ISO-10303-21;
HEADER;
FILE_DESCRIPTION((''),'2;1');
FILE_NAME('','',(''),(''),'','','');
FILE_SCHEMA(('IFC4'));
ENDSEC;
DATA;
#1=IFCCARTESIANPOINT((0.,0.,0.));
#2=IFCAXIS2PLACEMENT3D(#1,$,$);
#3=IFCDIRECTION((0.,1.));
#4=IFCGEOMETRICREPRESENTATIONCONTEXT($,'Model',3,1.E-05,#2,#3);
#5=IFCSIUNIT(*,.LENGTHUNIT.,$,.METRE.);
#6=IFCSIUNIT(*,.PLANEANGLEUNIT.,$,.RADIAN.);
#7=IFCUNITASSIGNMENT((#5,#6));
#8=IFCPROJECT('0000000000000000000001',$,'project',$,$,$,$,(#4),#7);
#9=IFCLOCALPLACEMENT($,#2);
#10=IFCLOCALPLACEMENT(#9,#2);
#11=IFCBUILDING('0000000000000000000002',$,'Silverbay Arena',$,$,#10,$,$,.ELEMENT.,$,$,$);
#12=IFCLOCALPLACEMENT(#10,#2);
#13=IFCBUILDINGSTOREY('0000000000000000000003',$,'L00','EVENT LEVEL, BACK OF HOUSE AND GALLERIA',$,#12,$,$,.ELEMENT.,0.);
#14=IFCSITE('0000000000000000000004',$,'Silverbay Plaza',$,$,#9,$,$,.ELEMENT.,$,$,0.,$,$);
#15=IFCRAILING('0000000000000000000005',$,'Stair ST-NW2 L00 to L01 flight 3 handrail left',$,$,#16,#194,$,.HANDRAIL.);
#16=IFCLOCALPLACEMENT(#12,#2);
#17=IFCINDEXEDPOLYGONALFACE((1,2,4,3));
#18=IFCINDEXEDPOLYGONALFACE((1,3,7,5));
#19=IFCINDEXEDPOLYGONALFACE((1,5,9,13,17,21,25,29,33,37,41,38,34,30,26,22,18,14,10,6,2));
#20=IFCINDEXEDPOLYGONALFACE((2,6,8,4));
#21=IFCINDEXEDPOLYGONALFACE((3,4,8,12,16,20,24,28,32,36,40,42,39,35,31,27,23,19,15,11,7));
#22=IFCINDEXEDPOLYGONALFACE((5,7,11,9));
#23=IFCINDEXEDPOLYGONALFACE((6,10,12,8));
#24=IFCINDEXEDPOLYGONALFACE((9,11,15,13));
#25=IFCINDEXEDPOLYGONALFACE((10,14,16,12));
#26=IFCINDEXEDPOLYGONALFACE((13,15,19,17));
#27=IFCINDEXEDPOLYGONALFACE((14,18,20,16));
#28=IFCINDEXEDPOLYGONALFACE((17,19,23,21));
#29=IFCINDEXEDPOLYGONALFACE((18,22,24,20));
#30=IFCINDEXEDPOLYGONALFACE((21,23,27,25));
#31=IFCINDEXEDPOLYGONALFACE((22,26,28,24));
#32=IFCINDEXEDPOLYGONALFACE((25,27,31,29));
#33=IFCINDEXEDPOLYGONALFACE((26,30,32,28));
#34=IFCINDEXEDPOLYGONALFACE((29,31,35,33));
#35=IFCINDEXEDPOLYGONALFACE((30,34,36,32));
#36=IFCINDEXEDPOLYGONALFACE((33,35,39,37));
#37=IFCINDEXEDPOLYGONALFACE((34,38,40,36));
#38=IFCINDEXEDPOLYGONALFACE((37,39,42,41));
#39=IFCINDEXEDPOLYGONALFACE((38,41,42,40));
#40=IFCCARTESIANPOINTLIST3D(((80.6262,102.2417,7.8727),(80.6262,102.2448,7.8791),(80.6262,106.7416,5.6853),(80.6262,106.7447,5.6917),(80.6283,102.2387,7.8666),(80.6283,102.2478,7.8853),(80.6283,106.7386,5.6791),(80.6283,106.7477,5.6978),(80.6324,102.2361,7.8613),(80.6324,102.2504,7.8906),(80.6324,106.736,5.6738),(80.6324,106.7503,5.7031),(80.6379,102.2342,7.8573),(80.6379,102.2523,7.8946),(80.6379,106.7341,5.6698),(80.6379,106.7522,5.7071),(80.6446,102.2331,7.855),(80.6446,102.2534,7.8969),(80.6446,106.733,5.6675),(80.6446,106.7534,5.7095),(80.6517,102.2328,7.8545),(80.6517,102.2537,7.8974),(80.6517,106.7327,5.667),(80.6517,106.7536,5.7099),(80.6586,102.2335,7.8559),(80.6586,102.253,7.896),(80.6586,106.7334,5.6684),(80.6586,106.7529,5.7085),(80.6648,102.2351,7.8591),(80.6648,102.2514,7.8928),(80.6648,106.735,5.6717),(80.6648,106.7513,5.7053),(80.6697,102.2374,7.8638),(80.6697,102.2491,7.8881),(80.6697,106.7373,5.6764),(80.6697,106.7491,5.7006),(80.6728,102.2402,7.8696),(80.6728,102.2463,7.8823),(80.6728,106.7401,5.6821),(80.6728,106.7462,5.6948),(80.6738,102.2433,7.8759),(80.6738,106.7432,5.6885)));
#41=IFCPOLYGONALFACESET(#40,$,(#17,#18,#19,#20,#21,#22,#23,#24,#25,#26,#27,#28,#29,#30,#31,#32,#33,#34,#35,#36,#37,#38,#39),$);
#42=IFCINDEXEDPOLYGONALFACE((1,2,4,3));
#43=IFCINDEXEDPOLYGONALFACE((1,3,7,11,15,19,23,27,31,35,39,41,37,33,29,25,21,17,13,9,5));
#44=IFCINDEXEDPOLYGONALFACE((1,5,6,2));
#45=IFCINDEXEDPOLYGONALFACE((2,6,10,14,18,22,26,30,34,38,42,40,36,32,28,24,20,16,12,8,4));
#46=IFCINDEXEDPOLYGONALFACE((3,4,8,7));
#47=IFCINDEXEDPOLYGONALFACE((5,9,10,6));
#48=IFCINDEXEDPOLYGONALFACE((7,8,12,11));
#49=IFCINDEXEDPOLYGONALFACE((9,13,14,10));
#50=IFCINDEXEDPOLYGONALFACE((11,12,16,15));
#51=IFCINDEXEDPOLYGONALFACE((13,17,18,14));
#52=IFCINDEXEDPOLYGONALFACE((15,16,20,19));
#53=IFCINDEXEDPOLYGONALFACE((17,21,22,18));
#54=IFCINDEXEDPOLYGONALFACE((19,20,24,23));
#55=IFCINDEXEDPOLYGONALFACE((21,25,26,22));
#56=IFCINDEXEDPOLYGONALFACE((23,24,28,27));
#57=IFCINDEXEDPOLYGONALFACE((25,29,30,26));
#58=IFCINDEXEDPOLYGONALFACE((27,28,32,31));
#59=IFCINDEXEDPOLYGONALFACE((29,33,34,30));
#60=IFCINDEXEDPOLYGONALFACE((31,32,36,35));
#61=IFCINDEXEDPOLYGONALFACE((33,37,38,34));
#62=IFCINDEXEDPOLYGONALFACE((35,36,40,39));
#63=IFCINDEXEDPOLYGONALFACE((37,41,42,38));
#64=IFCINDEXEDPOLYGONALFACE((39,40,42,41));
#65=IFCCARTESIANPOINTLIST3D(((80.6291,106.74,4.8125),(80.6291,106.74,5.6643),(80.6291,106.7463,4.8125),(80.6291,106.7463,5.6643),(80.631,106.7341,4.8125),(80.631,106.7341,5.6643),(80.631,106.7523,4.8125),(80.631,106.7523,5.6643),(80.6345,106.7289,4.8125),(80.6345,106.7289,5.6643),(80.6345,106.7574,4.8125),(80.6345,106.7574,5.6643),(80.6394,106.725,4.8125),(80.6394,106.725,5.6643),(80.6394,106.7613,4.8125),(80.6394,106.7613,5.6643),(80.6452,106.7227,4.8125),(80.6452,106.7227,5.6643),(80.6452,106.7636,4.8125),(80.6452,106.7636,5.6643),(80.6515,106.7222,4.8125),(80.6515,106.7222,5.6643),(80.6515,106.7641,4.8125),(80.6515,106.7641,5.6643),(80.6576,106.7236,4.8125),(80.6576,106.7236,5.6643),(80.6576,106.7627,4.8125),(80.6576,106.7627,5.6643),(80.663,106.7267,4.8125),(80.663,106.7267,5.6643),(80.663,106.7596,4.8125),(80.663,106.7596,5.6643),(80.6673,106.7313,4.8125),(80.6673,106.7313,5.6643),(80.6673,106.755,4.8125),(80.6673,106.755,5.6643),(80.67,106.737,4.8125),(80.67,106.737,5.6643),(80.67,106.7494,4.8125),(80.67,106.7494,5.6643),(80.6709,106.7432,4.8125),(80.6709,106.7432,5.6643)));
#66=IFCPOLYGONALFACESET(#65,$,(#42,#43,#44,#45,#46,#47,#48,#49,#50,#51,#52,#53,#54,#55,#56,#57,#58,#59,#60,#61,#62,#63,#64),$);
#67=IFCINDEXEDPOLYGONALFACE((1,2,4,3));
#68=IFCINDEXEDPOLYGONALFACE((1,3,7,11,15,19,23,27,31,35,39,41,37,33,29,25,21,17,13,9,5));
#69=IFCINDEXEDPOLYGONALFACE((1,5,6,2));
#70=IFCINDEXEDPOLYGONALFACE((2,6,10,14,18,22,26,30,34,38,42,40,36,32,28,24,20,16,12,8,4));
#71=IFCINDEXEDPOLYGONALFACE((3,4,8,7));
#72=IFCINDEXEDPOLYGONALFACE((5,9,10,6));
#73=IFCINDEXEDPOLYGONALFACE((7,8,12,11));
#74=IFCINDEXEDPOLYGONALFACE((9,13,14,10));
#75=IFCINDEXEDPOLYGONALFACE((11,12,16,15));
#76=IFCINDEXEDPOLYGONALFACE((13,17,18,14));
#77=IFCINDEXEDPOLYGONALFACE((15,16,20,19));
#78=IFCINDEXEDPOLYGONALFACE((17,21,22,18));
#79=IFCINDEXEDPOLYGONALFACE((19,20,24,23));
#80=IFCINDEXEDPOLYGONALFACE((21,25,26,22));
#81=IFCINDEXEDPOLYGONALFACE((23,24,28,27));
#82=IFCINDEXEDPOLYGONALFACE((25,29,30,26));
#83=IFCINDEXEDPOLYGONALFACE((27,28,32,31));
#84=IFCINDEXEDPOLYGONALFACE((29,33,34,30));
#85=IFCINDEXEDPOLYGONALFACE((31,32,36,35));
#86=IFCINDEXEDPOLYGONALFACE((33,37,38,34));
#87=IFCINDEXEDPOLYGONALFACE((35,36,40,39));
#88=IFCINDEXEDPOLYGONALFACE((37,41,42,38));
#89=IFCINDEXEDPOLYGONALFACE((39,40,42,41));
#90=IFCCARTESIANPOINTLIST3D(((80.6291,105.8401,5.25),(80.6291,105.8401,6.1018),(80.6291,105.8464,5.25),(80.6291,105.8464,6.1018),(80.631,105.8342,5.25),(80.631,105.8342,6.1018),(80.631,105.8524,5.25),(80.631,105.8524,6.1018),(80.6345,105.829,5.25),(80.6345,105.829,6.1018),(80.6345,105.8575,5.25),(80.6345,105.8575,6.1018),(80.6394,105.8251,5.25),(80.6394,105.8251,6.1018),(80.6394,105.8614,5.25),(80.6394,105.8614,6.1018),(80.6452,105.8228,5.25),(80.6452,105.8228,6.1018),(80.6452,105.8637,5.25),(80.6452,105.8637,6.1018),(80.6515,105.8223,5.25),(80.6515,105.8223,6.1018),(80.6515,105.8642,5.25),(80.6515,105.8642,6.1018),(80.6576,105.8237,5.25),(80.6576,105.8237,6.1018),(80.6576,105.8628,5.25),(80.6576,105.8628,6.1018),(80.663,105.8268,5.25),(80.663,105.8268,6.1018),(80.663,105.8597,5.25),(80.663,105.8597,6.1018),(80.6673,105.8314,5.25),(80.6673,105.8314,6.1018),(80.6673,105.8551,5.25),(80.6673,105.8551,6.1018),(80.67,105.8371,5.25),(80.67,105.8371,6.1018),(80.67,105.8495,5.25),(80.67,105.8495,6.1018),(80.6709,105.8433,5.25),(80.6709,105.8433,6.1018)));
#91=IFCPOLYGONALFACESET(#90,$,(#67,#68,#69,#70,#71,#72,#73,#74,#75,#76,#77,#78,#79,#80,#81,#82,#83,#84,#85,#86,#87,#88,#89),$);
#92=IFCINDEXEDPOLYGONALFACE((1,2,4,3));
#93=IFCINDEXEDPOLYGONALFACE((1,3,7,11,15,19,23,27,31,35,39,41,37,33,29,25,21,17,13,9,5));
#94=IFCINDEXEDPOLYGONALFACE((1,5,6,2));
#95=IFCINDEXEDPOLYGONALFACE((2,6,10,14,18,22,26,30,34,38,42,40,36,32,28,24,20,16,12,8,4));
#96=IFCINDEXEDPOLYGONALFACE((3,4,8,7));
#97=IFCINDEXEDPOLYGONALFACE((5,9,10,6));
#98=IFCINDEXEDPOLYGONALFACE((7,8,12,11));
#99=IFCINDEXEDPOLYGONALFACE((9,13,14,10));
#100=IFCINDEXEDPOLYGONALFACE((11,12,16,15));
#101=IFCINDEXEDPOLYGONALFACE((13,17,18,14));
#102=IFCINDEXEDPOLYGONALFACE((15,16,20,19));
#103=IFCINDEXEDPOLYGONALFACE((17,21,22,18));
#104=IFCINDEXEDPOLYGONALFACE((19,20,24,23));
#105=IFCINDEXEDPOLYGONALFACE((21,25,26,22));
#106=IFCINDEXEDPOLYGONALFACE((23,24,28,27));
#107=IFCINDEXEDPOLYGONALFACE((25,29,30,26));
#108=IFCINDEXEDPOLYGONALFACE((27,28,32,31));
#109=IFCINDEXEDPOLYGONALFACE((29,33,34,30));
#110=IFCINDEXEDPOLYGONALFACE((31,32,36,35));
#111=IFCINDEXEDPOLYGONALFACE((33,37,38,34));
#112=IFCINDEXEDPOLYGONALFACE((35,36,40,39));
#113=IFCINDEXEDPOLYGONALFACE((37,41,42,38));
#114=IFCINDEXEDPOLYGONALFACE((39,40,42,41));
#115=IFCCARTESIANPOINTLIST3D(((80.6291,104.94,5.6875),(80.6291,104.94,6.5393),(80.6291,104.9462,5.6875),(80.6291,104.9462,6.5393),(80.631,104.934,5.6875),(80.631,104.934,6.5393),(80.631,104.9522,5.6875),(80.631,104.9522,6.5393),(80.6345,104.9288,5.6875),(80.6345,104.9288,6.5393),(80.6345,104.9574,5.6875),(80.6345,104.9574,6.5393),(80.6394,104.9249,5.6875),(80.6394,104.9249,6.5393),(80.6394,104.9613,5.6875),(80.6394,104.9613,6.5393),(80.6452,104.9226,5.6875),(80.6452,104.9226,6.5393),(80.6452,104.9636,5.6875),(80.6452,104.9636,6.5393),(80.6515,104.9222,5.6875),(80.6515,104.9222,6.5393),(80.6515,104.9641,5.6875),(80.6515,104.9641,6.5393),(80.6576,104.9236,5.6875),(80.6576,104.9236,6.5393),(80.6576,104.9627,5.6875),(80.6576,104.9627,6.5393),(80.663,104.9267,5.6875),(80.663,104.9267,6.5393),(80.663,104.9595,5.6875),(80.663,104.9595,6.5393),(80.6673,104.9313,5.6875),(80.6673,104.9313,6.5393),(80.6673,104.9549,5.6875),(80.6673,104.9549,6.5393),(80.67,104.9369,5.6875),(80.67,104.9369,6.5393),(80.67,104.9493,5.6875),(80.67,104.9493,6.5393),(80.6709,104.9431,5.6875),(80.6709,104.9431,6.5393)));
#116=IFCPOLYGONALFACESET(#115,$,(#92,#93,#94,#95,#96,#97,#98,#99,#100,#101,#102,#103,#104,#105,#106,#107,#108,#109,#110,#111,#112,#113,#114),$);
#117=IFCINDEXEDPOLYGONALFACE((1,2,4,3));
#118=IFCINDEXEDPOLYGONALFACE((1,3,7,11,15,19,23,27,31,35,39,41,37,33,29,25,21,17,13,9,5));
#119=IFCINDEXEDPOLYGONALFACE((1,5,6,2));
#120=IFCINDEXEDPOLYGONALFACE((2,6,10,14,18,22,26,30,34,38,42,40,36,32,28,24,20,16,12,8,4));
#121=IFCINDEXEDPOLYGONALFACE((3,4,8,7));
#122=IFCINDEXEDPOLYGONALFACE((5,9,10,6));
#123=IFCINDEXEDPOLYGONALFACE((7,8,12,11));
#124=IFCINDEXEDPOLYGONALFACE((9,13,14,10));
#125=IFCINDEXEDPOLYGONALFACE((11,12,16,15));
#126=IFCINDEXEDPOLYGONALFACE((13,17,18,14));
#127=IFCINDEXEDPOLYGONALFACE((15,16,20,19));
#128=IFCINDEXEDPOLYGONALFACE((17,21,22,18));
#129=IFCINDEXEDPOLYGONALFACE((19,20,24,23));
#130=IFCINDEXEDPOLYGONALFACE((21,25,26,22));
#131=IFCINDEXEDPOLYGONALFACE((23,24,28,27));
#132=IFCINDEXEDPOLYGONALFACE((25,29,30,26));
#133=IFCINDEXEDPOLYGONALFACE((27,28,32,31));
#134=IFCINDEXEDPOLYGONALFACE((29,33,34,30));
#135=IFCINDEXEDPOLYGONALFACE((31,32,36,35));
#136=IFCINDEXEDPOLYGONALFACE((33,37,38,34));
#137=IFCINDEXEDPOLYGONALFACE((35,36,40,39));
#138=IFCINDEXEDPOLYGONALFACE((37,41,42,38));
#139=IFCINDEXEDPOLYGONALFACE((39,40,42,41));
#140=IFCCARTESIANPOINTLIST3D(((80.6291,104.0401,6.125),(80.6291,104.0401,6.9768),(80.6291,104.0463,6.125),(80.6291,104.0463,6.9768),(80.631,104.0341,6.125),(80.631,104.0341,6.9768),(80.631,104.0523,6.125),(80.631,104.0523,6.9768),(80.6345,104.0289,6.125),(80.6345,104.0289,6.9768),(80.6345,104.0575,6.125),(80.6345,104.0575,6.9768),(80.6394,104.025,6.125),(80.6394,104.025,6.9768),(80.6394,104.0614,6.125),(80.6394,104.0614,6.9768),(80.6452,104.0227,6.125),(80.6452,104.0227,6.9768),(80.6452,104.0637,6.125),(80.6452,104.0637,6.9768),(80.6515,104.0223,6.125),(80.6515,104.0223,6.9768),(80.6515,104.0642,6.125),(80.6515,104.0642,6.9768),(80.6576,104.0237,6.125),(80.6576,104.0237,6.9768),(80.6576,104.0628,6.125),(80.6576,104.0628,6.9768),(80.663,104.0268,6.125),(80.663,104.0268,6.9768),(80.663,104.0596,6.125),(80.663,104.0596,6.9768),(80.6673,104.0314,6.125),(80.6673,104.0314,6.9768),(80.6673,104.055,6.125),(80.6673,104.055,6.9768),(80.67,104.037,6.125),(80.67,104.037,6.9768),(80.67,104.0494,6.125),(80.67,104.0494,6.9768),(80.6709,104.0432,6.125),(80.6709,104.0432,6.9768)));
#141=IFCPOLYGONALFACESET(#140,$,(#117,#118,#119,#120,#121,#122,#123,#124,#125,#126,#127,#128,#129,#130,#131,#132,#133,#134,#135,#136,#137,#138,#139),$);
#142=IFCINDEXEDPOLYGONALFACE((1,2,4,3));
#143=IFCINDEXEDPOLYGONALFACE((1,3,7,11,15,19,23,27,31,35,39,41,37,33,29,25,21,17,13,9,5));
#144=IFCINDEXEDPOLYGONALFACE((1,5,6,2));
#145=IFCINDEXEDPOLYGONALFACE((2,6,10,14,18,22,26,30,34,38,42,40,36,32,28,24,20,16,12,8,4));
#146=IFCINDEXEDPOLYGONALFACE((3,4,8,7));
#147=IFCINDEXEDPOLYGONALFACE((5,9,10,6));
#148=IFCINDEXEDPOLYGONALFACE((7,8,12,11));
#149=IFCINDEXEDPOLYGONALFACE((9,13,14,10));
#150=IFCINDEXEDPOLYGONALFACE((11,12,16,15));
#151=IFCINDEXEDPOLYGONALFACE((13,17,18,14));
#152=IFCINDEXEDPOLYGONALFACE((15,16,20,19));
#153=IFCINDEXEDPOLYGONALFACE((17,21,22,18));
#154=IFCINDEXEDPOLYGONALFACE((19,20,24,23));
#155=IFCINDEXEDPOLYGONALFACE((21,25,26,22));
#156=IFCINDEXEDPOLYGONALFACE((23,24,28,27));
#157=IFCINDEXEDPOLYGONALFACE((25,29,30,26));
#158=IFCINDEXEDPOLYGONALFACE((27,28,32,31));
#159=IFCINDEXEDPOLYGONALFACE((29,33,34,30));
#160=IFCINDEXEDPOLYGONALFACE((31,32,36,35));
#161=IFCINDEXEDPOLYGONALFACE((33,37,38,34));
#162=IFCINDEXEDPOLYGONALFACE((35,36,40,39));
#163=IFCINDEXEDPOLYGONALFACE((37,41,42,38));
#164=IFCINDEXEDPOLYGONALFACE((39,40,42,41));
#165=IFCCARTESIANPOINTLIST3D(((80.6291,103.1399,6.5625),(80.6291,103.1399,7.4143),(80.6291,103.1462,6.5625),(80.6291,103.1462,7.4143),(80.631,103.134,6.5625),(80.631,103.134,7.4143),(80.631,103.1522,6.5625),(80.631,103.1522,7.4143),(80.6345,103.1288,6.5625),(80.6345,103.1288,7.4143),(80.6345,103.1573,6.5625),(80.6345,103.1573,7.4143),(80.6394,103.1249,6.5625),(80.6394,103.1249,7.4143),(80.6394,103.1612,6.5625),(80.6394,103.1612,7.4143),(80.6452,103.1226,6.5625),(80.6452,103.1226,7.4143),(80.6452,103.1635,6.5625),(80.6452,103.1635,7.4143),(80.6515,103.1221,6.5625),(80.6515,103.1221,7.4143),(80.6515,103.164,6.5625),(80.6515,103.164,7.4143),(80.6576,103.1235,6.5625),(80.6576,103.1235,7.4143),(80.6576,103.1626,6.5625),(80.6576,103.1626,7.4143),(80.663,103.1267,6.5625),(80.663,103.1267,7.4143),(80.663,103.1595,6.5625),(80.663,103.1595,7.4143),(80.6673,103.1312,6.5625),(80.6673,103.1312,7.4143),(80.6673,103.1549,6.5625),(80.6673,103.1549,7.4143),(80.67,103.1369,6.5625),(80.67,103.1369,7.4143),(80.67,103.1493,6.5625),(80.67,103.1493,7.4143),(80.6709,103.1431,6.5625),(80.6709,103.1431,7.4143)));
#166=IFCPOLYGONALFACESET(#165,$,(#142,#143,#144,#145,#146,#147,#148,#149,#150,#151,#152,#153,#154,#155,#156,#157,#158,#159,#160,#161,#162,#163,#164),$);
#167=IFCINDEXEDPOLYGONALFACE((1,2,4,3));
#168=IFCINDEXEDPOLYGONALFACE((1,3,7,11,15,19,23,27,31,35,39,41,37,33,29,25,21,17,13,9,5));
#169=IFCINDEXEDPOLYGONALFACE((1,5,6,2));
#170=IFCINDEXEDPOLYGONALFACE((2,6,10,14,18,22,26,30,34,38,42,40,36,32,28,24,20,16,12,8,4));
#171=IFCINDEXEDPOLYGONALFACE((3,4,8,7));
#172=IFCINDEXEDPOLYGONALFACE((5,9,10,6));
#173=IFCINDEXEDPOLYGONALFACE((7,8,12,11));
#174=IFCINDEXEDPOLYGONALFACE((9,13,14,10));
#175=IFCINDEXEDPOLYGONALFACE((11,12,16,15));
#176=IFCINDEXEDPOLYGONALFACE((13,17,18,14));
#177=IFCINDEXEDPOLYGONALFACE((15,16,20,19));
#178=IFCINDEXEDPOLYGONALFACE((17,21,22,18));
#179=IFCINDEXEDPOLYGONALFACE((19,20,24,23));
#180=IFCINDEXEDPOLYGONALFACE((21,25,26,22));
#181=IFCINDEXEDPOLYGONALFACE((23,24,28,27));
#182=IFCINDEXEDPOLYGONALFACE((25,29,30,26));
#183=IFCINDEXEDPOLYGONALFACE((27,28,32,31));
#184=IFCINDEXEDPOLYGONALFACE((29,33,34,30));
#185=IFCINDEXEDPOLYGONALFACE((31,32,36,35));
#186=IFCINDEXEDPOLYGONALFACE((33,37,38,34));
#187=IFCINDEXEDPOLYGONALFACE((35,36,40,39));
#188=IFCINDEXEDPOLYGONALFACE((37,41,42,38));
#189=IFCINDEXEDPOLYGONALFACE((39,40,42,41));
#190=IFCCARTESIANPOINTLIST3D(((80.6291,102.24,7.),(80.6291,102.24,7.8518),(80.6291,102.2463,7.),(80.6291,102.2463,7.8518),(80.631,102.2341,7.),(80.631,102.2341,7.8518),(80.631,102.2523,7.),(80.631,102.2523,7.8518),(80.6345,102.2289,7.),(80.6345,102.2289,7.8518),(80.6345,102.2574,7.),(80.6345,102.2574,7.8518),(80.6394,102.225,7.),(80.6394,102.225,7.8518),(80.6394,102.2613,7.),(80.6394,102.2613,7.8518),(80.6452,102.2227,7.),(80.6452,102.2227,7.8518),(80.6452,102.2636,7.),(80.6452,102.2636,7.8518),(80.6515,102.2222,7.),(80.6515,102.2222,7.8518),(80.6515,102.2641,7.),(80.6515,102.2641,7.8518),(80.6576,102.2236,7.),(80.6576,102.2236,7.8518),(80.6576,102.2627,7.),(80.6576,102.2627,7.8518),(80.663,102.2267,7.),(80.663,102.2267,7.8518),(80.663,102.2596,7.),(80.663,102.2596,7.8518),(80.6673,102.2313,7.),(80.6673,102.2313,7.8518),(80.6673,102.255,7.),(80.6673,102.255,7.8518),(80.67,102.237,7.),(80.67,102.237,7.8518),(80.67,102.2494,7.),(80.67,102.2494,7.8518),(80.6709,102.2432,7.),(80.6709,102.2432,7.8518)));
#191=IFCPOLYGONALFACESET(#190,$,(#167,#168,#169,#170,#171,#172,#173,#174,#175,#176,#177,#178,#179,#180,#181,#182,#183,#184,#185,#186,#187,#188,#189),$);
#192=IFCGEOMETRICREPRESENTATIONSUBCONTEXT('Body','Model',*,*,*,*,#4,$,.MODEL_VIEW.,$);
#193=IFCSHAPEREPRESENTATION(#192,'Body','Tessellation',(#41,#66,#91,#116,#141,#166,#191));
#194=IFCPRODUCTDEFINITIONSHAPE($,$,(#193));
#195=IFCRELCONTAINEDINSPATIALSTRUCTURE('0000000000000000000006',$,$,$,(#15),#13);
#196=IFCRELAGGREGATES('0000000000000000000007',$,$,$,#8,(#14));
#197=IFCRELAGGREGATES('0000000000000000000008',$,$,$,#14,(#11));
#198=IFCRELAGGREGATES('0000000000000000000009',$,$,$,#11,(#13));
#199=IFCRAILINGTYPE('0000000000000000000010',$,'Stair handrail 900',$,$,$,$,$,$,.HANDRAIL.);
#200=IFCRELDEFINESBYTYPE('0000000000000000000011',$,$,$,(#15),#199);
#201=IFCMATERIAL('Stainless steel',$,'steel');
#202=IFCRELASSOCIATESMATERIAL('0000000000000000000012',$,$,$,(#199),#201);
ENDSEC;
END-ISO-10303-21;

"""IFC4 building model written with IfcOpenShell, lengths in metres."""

from ifc_helpers import new_model, si_unit, direction, frame, origin, origin_2d, place, context, subcontext, project, spatial, circle, extrude, material, type_object, element, save


model = new_model("IFC4")

# Units and contexts
model_context = context("Model", 3, precision=1e-05, world=origin(), true_north=direction((0.0, 1.0)))
body_context = subcontext(model_context, "Body", "Model", "MODEL_VIEW")
ifc_project = project(units=[si_unit("LENGTHUNIT", "METRE"), si_unit("PLANEANGLEUNIT", "RADIAN")], contexts=[model_context])

# Site, building, storey
site_placement = place(None, origin())
site = spatial("IfcSite", under=ifc_project, at=site_placement, Name="Silverbay Plaza", CompositionType="ELEMENT", RefElevation=0.0)
building_placement = place(site_placement, origin())
building = spatial("IfcBuilding", under=site, at=building_placement, Name="Silverbay Arena", CompositionType="ELEMENT")
storey_placement = place(building_placement, origin())
storey = spatial("IfcBuildingStorey", under=building, at=storey_placement, Name="L00", Description="EVENT LEVEL, BACK OF HOUSE AND GALLERIA", CompositionType="ELEMENT", Elevation=0.0)

# Railing
ifc_material_1 = material(Name="Stainless steel", Category="steel")
railing_type_1 = type_object("IfcRailingType", Name="Stair handrail 900", PredefinedType="HANDRAIL", material=ifc_material_1)
for number, where, name in (
    (1, (80.6499, 106.7432, 4.8125), "Stair ST-NW2 L00 to L01 flight 3 handrail left"),
):
    element("IfcRailing", number, at=place(storey_placement, frame(where)), inside=storey, type_object=railing_type_1, Name=name, PredefinedType="HANDRAIL", context=body_context, shape_type="SweptSolid", body=[
        extrude(circle(Radius=0.0239, at=origin_2d()), frame((0.0, 0.0, 0.876), z_axis=(0.0, -0.899368, 0.437193), x_axis=(1.0, 0.0, 0.0)), (0.0, 0.0, 1.0), 5.0034),
        extrude(circle(Radius=0.021, at=origin_2d()), origin(), (0.0, 0.0, 1.0), 0.8518),
        extrude(circle(Radius=0.021, at=origin_2d()), frame((0.0, -0.8999, 0.4375)), (0.0, 0.0, 1.0), 0.8518),
        extrude(circle(Radius=0.021, at=origin_2d()), frame((0.0, -1.8, 0.875)), (0.0, 0.0, 1.0), 0.8518),
        extrude(circle(Radius=0.021, at=origin_2d()), frame((0.0, -2.7, 1.3125)), (0.0, 0.0, 1.0), 0.8518),
        extrude(circle(Radius=0.021, at=origin_2d()), frame((0.0, -3.6001, 1.75)), (0.0, 0.0, 1.0), 0.8518),
        extrude(circle(Radius=0.021, at=origin_2d()), frame((0.0, -4.5, 2.1875)), (0.0, 0.0, 1.0), 0.8518),
    ])

save(model, "model.ifc")
